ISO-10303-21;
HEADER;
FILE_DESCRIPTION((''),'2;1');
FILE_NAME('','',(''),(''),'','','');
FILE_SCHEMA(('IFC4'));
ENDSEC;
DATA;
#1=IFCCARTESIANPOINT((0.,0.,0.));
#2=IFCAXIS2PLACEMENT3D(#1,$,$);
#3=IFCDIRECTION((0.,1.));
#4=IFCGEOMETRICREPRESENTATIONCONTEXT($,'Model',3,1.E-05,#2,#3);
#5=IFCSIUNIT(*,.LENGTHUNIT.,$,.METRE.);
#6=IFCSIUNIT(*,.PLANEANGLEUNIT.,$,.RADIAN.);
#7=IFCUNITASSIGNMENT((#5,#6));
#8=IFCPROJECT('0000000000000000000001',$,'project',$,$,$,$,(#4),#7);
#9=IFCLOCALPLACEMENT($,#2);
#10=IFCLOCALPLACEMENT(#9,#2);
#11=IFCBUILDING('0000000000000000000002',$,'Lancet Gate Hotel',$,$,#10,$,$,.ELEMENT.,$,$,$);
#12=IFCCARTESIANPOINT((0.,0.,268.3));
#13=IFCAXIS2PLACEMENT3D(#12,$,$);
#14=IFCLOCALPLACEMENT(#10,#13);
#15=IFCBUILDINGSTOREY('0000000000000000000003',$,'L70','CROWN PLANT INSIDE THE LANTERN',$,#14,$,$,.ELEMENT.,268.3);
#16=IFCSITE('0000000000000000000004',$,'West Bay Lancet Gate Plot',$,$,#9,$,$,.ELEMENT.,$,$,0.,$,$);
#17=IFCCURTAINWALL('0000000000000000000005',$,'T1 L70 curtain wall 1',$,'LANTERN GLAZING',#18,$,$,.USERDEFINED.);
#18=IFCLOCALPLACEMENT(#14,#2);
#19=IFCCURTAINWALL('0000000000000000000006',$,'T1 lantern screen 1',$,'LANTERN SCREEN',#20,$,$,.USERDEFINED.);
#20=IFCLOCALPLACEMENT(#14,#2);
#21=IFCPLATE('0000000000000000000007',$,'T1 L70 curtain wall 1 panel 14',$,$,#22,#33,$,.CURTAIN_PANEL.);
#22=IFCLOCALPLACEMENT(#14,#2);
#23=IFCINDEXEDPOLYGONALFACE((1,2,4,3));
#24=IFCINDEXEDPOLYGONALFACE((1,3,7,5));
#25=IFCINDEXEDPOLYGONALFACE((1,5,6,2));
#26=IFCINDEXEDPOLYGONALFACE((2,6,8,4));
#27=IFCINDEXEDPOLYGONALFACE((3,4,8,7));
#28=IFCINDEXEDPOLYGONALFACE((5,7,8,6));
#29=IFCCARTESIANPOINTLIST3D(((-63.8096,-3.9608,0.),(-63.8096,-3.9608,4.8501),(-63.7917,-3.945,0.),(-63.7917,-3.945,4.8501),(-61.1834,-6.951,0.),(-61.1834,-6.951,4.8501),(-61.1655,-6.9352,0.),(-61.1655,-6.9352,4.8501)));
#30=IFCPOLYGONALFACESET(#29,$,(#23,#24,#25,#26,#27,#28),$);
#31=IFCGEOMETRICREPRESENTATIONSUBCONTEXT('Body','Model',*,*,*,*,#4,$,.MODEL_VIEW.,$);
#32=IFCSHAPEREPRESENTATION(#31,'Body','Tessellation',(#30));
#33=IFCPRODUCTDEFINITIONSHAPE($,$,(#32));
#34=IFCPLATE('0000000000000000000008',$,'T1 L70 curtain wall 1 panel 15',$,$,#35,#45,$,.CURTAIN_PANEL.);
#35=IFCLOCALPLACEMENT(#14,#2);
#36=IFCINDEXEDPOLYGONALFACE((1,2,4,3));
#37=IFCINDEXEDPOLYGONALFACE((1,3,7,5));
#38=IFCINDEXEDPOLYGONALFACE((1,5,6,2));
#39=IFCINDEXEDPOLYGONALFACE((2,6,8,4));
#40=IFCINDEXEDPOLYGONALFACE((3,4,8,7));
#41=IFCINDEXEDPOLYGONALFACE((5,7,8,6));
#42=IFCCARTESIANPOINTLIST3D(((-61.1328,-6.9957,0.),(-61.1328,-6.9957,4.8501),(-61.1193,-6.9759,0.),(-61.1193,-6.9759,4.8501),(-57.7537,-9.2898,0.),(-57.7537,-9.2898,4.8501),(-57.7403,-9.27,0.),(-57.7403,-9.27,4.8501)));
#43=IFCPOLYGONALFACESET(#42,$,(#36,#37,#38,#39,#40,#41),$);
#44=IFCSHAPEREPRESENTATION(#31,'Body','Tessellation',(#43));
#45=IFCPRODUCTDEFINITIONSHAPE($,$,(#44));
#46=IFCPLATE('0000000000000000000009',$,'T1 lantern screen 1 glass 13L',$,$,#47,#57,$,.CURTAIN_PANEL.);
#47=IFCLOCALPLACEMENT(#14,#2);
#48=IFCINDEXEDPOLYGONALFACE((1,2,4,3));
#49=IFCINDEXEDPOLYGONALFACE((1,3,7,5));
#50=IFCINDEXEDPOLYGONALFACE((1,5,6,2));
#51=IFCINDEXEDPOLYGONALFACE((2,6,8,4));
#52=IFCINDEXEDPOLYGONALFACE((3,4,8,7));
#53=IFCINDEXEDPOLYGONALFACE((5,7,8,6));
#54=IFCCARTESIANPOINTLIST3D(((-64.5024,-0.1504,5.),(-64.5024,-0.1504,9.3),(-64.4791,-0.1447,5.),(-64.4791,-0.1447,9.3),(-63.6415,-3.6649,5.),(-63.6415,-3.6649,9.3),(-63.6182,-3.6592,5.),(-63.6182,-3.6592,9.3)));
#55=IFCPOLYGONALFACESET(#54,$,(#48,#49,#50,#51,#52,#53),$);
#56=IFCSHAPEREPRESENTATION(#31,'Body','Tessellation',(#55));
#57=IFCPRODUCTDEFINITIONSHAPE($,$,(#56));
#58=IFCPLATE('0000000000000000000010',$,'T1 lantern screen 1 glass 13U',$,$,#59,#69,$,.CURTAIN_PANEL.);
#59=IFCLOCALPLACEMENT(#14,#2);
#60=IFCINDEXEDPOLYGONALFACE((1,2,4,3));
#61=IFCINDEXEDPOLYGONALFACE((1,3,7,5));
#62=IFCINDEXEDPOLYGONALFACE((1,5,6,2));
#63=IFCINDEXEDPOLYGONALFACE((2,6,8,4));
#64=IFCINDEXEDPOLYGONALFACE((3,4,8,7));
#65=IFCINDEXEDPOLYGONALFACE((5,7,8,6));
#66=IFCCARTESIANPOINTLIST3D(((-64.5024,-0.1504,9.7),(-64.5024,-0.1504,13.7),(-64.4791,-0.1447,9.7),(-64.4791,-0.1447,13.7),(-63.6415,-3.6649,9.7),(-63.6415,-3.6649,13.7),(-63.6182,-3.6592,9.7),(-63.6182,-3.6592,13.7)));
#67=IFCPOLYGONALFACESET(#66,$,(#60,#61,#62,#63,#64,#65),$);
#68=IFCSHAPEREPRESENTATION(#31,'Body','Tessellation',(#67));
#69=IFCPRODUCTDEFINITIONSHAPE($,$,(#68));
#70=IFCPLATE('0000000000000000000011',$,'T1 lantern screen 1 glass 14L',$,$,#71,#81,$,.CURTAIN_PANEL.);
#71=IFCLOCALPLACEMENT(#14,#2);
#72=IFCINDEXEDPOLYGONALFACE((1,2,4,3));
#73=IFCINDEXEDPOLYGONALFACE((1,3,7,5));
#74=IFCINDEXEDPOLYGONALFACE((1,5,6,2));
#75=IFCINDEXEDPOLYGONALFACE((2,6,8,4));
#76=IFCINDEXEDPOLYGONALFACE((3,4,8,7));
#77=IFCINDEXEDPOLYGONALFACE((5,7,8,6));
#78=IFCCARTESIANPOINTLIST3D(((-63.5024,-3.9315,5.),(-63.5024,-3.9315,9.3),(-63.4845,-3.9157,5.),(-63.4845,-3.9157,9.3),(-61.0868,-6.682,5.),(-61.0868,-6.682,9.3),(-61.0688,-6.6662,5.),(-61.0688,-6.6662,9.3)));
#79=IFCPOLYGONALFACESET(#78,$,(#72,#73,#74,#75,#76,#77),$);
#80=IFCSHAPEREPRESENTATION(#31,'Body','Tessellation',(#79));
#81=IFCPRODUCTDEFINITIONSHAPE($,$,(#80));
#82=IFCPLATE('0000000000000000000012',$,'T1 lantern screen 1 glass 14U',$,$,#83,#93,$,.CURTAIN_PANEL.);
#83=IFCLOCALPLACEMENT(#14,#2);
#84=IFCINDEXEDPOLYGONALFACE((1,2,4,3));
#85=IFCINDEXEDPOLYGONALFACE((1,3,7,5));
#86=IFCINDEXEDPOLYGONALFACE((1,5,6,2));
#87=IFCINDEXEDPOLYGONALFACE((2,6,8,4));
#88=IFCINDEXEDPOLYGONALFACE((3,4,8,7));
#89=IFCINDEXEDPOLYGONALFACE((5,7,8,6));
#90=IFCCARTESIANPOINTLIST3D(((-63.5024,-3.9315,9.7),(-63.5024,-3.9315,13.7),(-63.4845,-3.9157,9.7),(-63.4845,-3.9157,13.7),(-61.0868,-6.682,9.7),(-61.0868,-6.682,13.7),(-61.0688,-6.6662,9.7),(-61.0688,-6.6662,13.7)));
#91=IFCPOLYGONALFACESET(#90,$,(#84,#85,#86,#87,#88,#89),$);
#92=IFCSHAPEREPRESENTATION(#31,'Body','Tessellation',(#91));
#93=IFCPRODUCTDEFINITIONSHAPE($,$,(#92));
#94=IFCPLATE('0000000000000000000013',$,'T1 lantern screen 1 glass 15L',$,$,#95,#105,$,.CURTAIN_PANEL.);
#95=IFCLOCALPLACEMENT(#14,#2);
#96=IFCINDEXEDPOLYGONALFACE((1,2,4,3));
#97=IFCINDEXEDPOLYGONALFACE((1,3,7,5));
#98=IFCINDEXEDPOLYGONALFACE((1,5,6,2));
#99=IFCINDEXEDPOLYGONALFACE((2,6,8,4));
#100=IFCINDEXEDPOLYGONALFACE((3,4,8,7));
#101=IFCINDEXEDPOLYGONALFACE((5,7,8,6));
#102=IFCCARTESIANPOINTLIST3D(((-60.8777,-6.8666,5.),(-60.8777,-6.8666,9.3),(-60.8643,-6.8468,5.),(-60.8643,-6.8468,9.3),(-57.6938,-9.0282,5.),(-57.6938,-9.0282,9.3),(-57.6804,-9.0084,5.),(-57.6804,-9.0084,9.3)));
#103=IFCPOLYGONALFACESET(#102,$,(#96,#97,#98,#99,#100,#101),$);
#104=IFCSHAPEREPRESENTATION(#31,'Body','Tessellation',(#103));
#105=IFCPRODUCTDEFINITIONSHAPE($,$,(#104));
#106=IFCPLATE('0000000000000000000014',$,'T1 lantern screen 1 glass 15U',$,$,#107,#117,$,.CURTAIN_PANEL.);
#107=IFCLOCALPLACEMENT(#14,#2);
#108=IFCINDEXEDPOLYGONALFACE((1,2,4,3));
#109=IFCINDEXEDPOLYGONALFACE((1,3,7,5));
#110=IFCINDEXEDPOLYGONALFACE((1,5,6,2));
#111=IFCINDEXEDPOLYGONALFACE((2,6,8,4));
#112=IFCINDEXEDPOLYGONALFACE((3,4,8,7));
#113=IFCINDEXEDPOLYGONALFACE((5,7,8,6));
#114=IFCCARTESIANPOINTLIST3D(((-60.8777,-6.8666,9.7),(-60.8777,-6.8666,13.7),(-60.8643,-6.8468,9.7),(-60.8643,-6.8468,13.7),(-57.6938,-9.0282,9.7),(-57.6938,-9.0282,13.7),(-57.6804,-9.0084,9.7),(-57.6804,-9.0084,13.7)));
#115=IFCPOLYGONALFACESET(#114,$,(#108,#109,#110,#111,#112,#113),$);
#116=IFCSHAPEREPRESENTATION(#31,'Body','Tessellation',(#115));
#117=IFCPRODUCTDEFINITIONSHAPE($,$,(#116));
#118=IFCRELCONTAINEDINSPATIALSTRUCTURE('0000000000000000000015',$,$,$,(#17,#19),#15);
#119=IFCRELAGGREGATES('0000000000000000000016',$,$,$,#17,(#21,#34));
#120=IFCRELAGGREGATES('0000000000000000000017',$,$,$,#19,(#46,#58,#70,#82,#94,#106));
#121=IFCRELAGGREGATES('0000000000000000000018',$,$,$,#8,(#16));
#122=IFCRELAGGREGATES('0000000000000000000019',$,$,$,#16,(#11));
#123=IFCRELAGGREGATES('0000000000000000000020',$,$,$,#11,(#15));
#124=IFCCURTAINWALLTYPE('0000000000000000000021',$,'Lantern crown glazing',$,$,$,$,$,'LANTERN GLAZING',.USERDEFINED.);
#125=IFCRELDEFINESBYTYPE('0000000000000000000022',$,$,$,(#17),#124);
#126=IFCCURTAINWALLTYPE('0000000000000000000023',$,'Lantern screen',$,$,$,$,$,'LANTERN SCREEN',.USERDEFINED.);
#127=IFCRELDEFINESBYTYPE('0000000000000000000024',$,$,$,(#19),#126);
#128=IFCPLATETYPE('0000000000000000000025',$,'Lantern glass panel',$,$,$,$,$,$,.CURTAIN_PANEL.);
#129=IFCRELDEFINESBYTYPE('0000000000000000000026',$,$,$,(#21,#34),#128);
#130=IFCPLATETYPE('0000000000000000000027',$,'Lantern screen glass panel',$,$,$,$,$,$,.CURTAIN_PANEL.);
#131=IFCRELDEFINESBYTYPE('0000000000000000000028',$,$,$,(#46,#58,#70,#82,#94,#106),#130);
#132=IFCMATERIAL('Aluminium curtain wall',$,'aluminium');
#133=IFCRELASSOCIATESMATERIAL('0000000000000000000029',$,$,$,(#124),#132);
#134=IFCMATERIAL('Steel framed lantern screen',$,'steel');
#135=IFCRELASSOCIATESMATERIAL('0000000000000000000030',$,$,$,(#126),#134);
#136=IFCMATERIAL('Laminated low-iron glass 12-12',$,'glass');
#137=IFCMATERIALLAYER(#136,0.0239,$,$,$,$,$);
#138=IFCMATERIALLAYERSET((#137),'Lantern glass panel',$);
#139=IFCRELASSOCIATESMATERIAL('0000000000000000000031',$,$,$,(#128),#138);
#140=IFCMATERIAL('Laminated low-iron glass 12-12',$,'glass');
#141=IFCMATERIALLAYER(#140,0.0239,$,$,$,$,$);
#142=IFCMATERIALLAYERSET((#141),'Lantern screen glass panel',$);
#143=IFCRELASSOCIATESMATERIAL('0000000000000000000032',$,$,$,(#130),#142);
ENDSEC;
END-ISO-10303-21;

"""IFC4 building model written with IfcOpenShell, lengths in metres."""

from ifc_helpers import new_model, si_unit, direction, frame, origin, origin_2d, place, context, subcontext, project, spatial, rectangle, extrude, material, layer, layer_set, type_object, element, aggregate, save


model = new_model("IFC4")

# Units and contexts
model_context = context("Model", 3, precision=1e-05, world=origin(), true_north=direction((0.0, 1.0)))
body_context = subcontext(model_context, "Body", "Model", "MODEL_VIEW")
ifc_project = project(units=[si_unit("LENGTHUNIT", "METRE"), si_unit("PLANEANGLEUNIT", "RADIAN")], contexts=[model_context])

# Site, building, storey
site_placement = place(None, origin())
site = spatial("IfcSite", under=ifc_project, at=site_placement, Name="West Bay Lancet Gate Plot", CompositionType="ELEMENT", RefElevation=0.0)
building_placement = place(site_placement, origin())
building = spatial("IfcBuilding", under=site, at=building_placement, Name="Lancet Gate Hotel", CompositionType="ELEMENT")
storey_placement = place(building_placement, frame((0.0, 0.0, 268.3)))
storey = spatial("IfcBuildingStorey", under=building, at=storey_placement, Name="L70", Description="CROWN PLANT INSIDE THE LANTERN", CompositionType="ELEMENT", Elevation=268.3)

# Curtain wall
ifc_material_1 = material(Name="Aluminium curtain wall", Category="aluminium")
curtain_wall_type_1 = type_object("IfcCurtainWallType", Name="Lantern crown glazing", ElementType="LANTERN GLAZING", PredefinedType="USERDEFINED", material=ifc_material_1)
curtain_wall_1_placement = place(storey_placement, origin())
curtain_wall_1 = element("IfcCurtainWall", 1, at=curtain_wall_1_placement, inside=storey, type_object=curtain_wall_type_1, Name="T1 L70 curtain wall 1", ObjectType="LANTERN GLAZING", PredefinedType="USERDEFINED")

# Curtain wall
ifc_material_2 = material(Name="Steel framed lantern screen", Category="steel")
curtain_wall_type_2 = type_object("IfcCurtainWallType", Name="Lantern screen", ElementType="LANTERN SCREEN", PredefinedType="USERDEFINED", material=ifc_material_2)
curtain_wall_2_placement = place(storey_placement, origin())
curtain_wall_2 = element("IfcCurtainWall", 2, at=curtain_wall_2_placement, inside=storey, type_object=curtain_wall_type_2, Name="T1 lantern screen 1", ObjectType="LANTERN SCREEN", PredefinedType="USERDEFINED")

# Plates
ifc_material_3 = material(Name="Laminated low-iron glass 12-12", Category="glass")
ifc_layer_1 = layer(ifc_material_3, 0.0239)
ifc_layer_set_1 = layer_set([ifc_layer_1], Name="Lantern glass panel")
plate_type_1 = type_object("IfcPlateType", Name="Lantern glass panel", PredefinedType="CURTAIN_PANEL", material=ifc_layer_set_1)
plate_1_placement = place(storey_placement, frame((-62.4875, -5.448, 0.0), z_axis=(0.0, 0.0, 1.0), x_axis=(0.659892, -0.751361, 0.0)))
plate_1 = element("IfcPlate", 3, at=plate_1_placement, type_object=plate_type_1, Name="T1 L70 curtain wall 1 panel 14", PredefinedType="CURTAIN_PANEL", context=body_context, shape_type="SweptSolid", body=[
    extrude(rectangle(XDim=3.9797, YDim=0.0239, at=origin_2d()), origin(), (0.0, 0.0, 1.0), 4.8501),
])
plate_2_placement = place(storey_placement, frame((-59.4365, -8.1328, 0.0), z_axis=(0.0, 0.0, 1.0), x_axis=(0.827342, -0.561698, 0.0)))
plate_2 = element("IfcPlate", 4, at=plate_2_placement, type_object=plate_type_1, Name="T1 L70 curtain wall 1 panel 15", PredefinedType="CURTAIN_PANEL", context=body_context, shape_type="SweptSolid", body=[
    extrude(rectangle(XDim=4.0842, YDim=0.0239, at=origin_2d()), origin(), (0.0, 0.0, 1.0), 4.8501),
])
aggregate(curtain_wall_1, [plate_1, plate_2])
ifc_material_4 = material(Name="Laminated low-iron glass 12-12", Category="glass")
ifc_layer_2 = layer(ifc_material_4, 0.0239)
ifc_layer_set_2 = layer_set([ifc_layer_2], Name="Lantern screen glass panel")
plate_type_2 = type_object("IfcPlateType", Name="Lantern screen glass panel", PredefinedType="CURTAIN_PANEL", material=ifc_layer_set_2)
plate_3_placement = place(storey_placement, frame((-64.0603, -1.9048, 5.0), z_axis=(0.0, 0.0, 1.0), x_axis=(0.237921, -0.971285, 0.0)))
plate_3 = element("IfcPlate", 5, at=plate_3_placement, type_object=plate_type_2, Name="T1 lantern screen 1 glass 13L", PredefinedType="CURTAIN_PANEL", context=body_context, shape_type="SweptSolid", body=[
    extrude(rectangle(XDim=3.6184, YDim=0.0239, at=origin_2d()), origin(), (0.0, 0.0, 1.0), 4.3),
])
plate_4_placement = place(storey_placement, frame((-64.0603, -1.9048, 9.7), z_axis=(0.0, 0.0, 1.0), x_axis=(0.237921, -0.971285, 0.0)))
plate_4 = element("IfcPlate", 6, at=plate_4_placement, type_object=plate_type_2, Name="T1 lantern screen 1 glass 13U", PredefinedType="CURTAIN_PANEL", context=body_context, shape_type="SweptSolid", body=[
    extrude(rectangle(XDim=3.6184, YDim=0.0239, at=origin_2d()), origin(), (0.0, 0.0, 1.0), 4.0),
])
plate_5_placement = place(storey_placement, frame((-62.2856, -5.2988, 5.0), z_axis=(0.0, 0.0, 1.0), x_axis=(0.659892, -0.751361, 0.0)))
plate_5 = element("IfcPlate", 7, at=plate_5_placement, type_object=plate_type_2, Name="T1 lantern screen 1 glass 14L", PredefinedType="CURTAIN_PANEL", context=body_context, shape_type="SweptSolid", body=[
    extrude(rectangle(XDim=3.6606, YDim=0.0239, at=origin_2d()), origin(), (0.0, 0.0, 1.0), 4.3),
])
plate_6_placement = place(storey_placement, frame((-62.2856, -5.2988, 9.7), z_axis=(0.0, 0.0, 1.0), x_axis=(0.659892, -0.751361, 0.0)))
plate_6 = element("IfcPlate", 8, at=plate_6_placement, type_object=plate_type_2, Name="T1 lantern screen 1 glass 14U", PredefinedType="CURTAIN_PANEL", context=body_context, shape_type="SweptSolid", body=[
    extrude(rectangle(XDim=3.6606, YDim=0.0239, at=origin_2d()), origin(), (0.0, 0.0, 1.0), 4.0),
])
plate_7_placement = place(storey_placement, frame((-59.2791, -7.9375, 5.0), z_axis=(0.0, 0.0, 1.0), x_axis=(0.827342, -0.561698, 0.0)))
plate_7 = element("IfcPlate", 9, at=plate_7_placement, type_object=plate_type_2, Name="T1 lantern screen 1 glass 15L", PredefinedType="CURTAIN_PANEL", context=body_context, shape_type="SweptSolid", body=[
    extrude(rectangle(XDim=3.8484, YDim=0.0239, at=origin_2d()), origin(), (0.0, 0.0, 1.0), 4.3),
])
plate_8_placement = place(storey_placement, frame((-59.2791, -7.9375, 9.7), z_axis=(0.0, 0.0, 1.0), x_axis=(0.827342, -0.561698, 0.0)))
plate_8 = element("IfcPlate", 10, at=plate_8_placement, type_object=plate_type_2, Name="T1 lantern screen 1 glass 15U", PredefinedType="CURTAIN_PANEL", context=body_context, shape_type="SweptSolid", body=[
    extrude(rectangle(XDim=3.8484, YDim=0.0239, at=origin_2d()), origin(), (0.0, 0.0, 1.0), 4.0),
])
aggregate(curtain_wall_2, [plate_3, plate_4, plate_5, plate_6, plate_7, plate_8])

save(model, "model.ifc")
